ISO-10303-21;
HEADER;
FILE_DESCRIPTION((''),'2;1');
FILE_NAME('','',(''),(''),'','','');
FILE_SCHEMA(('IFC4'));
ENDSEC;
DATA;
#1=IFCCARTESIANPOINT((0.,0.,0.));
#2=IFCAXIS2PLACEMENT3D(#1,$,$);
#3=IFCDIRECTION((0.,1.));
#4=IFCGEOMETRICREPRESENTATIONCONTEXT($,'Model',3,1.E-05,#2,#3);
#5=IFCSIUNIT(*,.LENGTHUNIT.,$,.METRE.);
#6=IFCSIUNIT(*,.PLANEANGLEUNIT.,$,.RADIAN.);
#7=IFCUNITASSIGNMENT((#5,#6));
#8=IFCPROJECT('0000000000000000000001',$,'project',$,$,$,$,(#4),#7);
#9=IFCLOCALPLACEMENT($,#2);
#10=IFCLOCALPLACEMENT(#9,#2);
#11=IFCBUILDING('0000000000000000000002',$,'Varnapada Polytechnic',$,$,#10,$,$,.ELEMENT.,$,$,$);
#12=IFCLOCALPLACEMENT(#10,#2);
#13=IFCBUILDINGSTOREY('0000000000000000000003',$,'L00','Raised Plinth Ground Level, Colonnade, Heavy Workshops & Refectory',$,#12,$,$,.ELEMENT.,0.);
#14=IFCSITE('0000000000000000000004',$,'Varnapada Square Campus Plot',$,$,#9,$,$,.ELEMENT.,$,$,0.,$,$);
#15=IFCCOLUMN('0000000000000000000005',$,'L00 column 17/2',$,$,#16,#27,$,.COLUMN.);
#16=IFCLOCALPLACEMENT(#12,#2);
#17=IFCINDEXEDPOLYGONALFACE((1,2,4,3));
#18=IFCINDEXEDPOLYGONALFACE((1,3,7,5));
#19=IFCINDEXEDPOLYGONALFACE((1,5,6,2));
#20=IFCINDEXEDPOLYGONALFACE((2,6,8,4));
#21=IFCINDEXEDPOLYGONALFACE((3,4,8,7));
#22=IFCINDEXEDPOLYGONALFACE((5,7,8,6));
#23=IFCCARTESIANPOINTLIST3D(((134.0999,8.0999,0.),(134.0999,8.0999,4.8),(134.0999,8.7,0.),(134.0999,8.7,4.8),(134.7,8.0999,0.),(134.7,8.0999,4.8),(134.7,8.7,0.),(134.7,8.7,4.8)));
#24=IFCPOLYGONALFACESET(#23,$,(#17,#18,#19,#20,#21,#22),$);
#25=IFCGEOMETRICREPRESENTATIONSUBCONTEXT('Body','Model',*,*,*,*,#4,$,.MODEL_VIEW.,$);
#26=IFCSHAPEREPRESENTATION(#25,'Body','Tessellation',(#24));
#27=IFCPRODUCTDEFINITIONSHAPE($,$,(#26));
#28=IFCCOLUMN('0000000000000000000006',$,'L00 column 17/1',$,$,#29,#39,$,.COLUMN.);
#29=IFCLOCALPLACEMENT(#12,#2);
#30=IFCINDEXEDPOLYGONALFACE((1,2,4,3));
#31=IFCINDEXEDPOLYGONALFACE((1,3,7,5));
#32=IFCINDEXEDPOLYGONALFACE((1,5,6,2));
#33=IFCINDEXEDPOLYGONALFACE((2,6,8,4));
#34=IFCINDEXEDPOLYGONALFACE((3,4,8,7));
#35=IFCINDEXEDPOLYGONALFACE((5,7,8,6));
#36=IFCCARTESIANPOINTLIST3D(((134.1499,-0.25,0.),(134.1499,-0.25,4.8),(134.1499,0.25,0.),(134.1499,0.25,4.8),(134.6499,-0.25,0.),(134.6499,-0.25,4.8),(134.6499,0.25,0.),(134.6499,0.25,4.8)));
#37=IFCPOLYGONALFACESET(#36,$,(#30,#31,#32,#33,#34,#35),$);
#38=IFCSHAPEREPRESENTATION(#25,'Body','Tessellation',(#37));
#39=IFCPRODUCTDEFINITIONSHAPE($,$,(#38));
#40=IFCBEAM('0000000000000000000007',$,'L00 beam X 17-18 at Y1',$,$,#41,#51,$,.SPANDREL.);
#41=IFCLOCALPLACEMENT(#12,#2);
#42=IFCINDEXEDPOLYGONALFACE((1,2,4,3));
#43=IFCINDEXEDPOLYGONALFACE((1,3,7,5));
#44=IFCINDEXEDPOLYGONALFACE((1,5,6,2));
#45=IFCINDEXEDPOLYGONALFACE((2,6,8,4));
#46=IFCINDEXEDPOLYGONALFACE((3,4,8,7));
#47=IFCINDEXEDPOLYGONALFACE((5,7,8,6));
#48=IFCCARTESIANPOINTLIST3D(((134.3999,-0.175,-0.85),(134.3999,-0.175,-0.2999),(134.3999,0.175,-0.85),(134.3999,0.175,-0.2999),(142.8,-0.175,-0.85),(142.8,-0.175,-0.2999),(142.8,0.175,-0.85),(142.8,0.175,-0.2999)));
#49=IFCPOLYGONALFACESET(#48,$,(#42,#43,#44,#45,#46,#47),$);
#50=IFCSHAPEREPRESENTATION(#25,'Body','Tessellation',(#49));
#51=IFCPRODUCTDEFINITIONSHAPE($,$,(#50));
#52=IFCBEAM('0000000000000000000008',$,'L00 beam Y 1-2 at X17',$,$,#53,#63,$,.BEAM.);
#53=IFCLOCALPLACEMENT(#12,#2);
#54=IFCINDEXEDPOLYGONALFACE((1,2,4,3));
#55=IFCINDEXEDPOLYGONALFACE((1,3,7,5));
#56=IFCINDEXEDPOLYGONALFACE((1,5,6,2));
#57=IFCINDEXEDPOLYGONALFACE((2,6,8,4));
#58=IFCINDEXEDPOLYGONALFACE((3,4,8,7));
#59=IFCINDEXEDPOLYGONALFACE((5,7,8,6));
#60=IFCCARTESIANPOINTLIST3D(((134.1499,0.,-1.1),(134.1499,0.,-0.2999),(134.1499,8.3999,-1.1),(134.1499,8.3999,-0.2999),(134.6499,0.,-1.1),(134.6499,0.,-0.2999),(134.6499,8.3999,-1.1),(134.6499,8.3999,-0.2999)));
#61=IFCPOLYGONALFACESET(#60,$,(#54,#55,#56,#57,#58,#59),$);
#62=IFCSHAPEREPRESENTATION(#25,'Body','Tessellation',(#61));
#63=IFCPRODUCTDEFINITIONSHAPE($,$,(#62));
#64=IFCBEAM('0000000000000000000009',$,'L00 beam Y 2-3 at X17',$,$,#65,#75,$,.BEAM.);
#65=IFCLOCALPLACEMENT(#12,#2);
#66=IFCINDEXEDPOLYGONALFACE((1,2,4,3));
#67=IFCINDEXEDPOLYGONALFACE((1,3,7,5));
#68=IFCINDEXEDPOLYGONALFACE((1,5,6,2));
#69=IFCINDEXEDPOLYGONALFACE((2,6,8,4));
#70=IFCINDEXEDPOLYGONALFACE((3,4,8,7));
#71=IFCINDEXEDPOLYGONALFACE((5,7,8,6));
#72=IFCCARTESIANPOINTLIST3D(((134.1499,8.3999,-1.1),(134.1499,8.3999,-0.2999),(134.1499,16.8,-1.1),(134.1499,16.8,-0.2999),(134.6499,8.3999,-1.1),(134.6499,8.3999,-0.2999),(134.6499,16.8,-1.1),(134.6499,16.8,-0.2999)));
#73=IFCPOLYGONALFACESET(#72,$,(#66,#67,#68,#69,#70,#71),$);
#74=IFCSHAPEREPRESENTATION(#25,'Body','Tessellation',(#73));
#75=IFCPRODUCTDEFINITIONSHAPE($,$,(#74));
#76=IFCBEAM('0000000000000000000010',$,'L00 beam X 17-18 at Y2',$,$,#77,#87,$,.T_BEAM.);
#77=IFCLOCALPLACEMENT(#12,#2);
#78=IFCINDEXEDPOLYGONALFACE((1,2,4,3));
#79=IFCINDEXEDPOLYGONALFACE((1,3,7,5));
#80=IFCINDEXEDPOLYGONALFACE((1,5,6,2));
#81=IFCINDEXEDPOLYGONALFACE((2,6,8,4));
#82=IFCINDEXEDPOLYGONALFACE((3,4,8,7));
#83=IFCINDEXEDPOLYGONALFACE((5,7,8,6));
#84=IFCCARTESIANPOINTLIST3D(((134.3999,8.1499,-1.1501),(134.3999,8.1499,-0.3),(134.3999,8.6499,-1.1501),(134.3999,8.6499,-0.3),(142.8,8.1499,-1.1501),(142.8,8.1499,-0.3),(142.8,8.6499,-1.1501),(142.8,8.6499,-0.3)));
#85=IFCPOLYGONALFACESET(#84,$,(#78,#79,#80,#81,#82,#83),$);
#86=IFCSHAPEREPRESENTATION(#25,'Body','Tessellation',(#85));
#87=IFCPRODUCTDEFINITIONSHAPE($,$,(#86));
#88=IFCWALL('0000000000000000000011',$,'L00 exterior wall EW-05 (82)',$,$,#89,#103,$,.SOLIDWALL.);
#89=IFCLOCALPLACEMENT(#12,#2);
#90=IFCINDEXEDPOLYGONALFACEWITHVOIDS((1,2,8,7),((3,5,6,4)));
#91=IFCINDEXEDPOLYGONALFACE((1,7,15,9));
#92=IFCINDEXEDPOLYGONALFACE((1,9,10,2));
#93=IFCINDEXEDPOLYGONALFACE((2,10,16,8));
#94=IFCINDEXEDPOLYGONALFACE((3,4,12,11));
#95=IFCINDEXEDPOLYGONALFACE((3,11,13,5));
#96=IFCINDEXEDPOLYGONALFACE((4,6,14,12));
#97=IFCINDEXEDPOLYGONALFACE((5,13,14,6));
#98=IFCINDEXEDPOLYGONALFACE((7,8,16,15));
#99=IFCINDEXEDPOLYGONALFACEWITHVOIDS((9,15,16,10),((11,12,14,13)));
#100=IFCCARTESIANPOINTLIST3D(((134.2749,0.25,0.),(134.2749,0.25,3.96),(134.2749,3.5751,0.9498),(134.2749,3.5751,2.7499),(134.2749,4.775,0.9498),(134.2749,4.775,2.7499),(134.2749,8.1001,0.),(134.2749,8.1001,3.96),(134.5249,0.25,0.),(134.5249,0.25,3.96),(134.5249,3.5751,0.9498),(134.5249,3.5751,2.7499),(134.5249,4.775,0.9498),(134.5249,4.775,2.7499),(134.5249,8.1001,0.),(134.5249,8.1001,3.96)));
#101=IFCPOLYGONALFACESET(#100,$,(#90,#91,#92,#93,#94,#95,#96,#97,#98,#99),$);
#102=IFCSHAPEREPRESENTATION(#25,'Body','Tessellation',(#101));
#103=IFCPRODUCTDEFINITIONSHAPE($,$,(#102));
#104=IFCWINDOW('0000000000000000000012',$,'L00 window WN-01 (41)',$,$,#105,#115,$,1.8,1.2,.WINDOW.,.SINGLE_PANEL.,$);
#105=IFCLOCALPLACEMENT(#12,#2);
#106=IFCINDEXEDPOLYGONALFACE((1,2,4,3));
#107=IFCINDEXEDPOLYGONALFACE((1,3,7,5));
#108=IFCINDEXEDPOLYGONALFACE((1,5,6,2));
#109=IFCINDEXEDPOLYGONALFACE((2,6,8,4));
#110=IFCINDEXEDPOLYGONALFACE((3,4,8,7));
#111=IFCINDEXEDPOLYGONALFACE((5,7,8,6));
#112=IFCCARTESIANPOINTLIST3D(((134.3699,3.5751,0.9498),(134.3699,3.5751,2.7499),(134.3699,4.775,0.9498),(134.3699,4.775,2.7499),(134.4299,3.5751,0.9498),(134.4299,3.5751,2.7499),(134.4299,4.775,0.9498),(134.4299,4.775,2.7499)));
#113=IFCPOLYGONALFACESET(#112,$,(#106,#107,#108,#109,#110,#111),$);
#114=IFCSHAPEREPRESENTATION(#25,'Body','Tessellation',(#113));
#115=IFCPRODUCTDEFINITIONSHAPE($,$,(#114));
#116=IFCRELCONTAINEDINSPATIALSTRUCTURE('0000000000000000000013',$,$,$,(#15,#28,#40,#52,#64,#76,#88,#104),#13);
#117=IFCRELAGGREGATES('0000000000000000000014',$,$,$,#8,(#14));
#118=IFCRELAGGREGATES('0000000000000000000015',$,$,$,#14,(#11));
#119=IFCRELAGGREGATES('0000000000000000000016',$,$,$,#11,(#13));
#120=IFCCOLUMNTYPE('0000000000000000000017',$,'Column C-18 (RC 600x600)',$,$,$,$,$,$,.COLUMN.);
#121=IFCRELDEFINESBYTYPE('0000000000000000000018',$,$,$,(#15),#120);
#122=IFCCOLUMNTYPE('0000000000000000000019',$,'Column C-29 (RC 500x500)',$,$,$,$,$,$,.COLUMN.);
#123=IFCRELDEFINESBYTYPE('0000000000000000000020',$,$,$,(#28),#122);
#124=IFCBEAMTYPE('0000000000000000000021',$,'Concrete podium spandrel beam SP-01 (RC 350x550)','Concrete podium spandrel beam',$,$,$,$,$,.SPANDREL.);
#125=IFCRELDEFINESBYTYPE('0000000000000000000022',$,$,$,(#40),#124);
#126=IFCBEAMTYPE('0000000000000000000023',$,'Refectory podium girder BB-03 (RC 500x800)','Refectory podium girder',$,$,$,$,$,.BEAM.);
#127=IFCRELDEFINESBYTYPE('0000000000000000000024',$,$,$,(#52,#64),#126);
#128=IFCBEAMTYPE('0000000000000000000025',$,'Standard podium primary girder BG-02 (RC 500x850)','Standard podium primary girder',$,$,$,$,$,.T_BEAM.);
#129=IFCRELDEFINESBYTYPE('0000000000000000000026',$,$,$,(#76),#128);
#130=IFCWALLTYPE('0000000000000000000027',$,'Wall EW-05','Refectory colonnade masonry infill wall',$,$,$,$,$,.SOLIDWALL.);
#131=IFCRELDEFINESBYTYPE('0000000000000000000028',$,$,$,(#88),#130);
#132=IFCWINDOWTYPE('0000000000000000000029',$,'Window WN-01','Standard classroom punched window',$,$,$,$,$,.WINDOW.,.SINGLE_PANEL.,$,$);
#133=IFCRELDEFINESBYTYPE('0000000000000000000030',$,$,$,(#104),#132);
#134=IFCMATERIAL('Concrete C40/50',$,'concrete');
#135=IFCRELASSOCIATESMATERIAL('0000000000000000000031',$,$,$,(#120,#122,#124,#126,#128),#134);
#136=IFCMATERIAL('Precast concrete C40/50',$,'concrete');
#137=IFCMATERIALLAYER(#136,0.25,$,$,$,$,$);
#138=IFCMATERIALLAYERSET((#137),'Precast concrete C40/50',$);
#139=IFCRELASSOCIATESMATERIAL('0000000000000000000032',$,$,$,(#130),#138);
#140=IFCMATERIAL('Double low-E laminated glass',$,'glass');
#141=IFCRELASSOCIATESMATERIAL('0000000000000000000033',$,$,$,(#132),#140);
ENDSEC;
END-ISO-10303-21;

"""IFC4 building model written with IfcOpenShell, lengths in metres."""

from ifc_helpers import new_model, si_unit, direction, frame, frame_2d, origin, origin_2d, place, context, subcontext, project, spatial, rectangle, extrude, material, layer, layer_set, material_profile, profile_set, type_object, element, fill, save


model = new_model("IFC4")

# Units and contexts
model_context = context("Model", 3, precision=1e-05, world=origin(), true_north=direction((0.0, 1.0)))
body_context = subcontext(model_context, "Body", "Model", "MODEL_VIEW")
ifc_project = project(units=[si_unit("LENGTHUNIT", "METRE"), si_unit("PLANEANGLEUNIT", "RADIAN")], contexts=[model_context])

# Site, building, storey
site_placement = place(None, origin())
site = spatial("IfcSite", under=ifc_project, at=site_placement, Name="Varnapada Square Campus Plot", CompositionType="ELEMENT", RefElevation=0.0)
building_placement = place(site_placement, origin())
building = spatial("IfcBuilding", under=site, at=building_placement, Name="Varnapada Polytechnic", CompositionType="ELEMENT")
storey_placement = place(building_placement, origin())
storey = spatial("IfcBuildingStorey", under=building, at=storey_placement, Name="L00", Description="Raised Plinth Ground Level, Colonnade, Heavy Workshops & Refectory", CompositionType="ELEMENT", Elevation=0.0)

# Columns
ifc_material_1 = material(Name="Concrete C40/50", Category="concrete")
ifc_material_profile_1 = material_profile(ifc_material_1, rectangle(XDim=0.6001, YDim=0.6001, at=origin_2d()), Name="RC 600x600")
ifc_profile_set_1 = profile_set([ifc_material_profile_1], Name="Concrete C40/50")
column_type_1 = type_object("IfcColumnType", Name="Column C-18 (RC 600x600)", PredefinedType="COLUMN", material=ifc_profile_set_1)
column_1_placement = place(storey_placement, frame((134.3999, 8.3999, 0.0), z_axis=(0.0, 0.0, 1.0), x_axis=(1.0, 0.0, 0.0)))
element("IfcColumn", 1, at=column_1_placement, inside=storey, type_object=column_type_1, Name="L00 column 17/2", PredefinedType="COLUMN", context=body_context, shape_type="SweptSolid", body=[
    extrude(rectangle(XDim=0.6001, YDim=0.6001, at=origin_2d()), origin(), (0.0, 0.0, 1.0), 4.8),
])
ifc_material_profile_2 = material_profile(ifc_material_1, rectangle(XDim=0.5, YDim=0.5, at=origin_2d()), Name="RC 500x500")
ifc_profile_set_2 = profile_set([ifc_material_profile_2], Name="Concrete C40/50")
column_type_2 = type_object("IfcColumnType", Name="Column C-29 (RC 500x500)", PredefinedType="COLUMN", material=ifc_profile_set_2)
column_2_placement = place(storey_placement, frame((134.3999, 0.0, 0.0), z_axis=(0.0, 0.0, 1.0), x_axis=(1.0, 0.0, 0.0)))
element("IfcColumn", 2, at=column_2_placement, inside=storey, type_object=column_type_2, Name="L00 column 17/1", PredefinedType="COLUMN", context=body_context, shape_type="SweptSolid", body=[
    extrude(rectangle(XDim=0.5, YDim=0.5, at=origin_2d()), origin(), (0.0, 0.0, 1.0), 4.8),
])

# Beams
ifc_material_profile_3 = material_profile(ifc_material_1, rectangle(XDim=0.3501, YDim=0.55, at=origin_2d()), Name="RC 350x550")
ifc_profile_set_3 = profile_set([ifc_material_profile_3], Name="Concrete C40/50")
beam_type_1 = type_object("IfcBeamType", Name="Concrete podium spandrel beam SP-01 (RC 350x550)", Description="Concrete podium spandrel beam", PredefinedType="SPANDREL", material=ifc_profile_set_3)
beam_1_placement = place(storey_placement, frame((134.3999, 0.0, -0.575), z_axis=(1.0, 0.0, 0.0), x_axis=(0.0, 1.0, 0.0)))
element("IfcBeam", 3, at=beam_1_placement, inside=storey, type_object=beam_type_1, Name="L00 beam X 17-18 at Y1", PredefinedType="SPANDREL", context=body_context, shape_type="SweptSolid", body=[
    extrude(rectangle(XDim=0.3501, YDim=0.55, at=origin_2d()), origin(), (0.0, 0.0, 1.0), 8.4001),
])
ifc_material_profile_4 = material_profile(ifc_material_1, rectangle(XDim=0.5, YDim=0.8, at=origin_2d()), Name="RC 500x800")
ifc_profile_set_4 = profile_set([ifc_material_profile_4], Name="Concrete C40/50")
beam_type_2 = type_object("IfcBeamType", Name="Refectory podium girder BB-03 (RC 500x800)", Description="Refectory podium girder", PredefinedType="BEAM", material=ifc_profile_set_4)
beam_2_placement = place(storey_placement, frame((134.3999, 0.0, -0.7), z_axis=(0.0, 1.0, 0.0), x_axis=(-1.0, 0.0, 0.0)))
element("IfcBeam", 4, at=beam_2_placement, inside=storey, type_object=beam_type_2, Name="L00 beam Y 1-2 at X17", PredefinedType="BEAM", context=body_context, shape_type="SweptSolid", body=[
    extrude(rectangle(XDim=0.5, YDim=0.8, at=origin_2d()), origin(), (0.0, 0.0, 1.0), 8.3999),
])
beam_3_placement = place(storey_placement, frame((134.3999, 8.3999, -0.7), z_axis=(0.0, 1.0, 0.0), x_axis=(-1.0, 0.0, 0.0)))
element("IfcBeam", 5, at=beam_3_placement, inside=storey, type_object=beam_type_2, Name="L00 beam Y 2-3 at X17", PredefinedType="BEAM", context=body_context, shape_type="SweptSolid", body=[
    extrude(rectangle(XDim=0.5, YDim=0.8, at=origin_2d()), origin(), (0.0, 0.0, 1.0), 8.4001),
])
ifc_material_profile_5 = material_profile(ifc_material_1, rectangle(XDim=0.5, YDim=0.8501, at=origin_2d()), Name="RC 500x850")
ifc_profile_set_5 = profile_set([ifc_material_profile_5], Name="Concrete C40/50")
beam_type_3 = type_object("IfcBeamType", Name="Standard podium primary girder BG-02 (RC 500x850)", Description="Standard podium primary girder", PredefinedType="T_BEAM", material=ifc_profile_set_5)
beam_4_placement = place(storey_placement, frame((134.3999, 8.3999, -0.7251), z_axis=(1.0, 0.0, 0.0), x_axis=(0.0, 1.0, 0.0)))
element("IfcBeam", 6, at=beam_4_placement, inside=storey, type_object=beam_type_3, Name="L00 beam X 17-18 at Y2", PredefinedType="T_BEAM", context=body_context, shape_type="SweptSolid", body=[
    extrude(rectangle(XDim=0.5, YDim=0.8501, at=origin_2d()), origin(), (0.0, 0.0, 1.0), 8.4001),
])

# Wall, opening, window
ifc_material_2 = material(Name="Precast concrete C40/50", Category="concrete")
ifc_layer_1 = layer(ifc_material_2, 0.25)
ifc_layer_set_1 = layer_set([ifc_layer_1], Name="Precast concrete C40/50")
wall_type = type_object("IfcWallType", Name="Wall EW-05", Description="Refectory colonnade masonry infill wall", PredefinedType="SOLIDWALL", material=ifc_layer_set_1)
wall_placement = place(storey_placement, frame((134.3999, 0.25, 0.0), z_axis=(0.0, 0.0, 1.0), x_axis=(0.0, 1.0, 0.0)))
wall = element("IfcWall", 7, at=wall_placement, inside=storey, type_object=wall_type, Name="L00 exterior wall EW-05 (82)", PredefinedType="SOLIDWALL", context=body_context, shape_type="SweptSolid", body=[
    extrude(rectangle(XDim=7.8501, YDim=0.25, at=frame_2d((3.925, 0.0))), origin(), (0.0, 0.0, 1.0), 3.96),
])
opening_1_placement = place(wall_placement, frame((3.325, 0.0, 0.95)))
opening_1 = element("IfcOpeningElement", 8, at=opening_1_placement, cuts=wall, PredefinedType="OPENING", context=body_context, shape_type="SweptSolid", body=[
    extrude(rectangle(XDim=1.2, YDim=1.8, at=frame_2d((0.6001, 0.8999))), frame((0.0, 0.135, 0.0), z_axis=(0.0, -1.0, 0.0), x_axis=(1.0, 0.0, 0.0)), (0.0, 0.0, 1.0), 0.27),
])
ifc_material_3 = material(Name="Double low-E laminated glass", Category="glass")
window_type = type_object("IfcWindowType", Name="Window WN-01", Description="Standard classroom punched window", PartitioningType="SINGLE_PANEL", PredefinedType="WINDOW", material=ifc_material_3)
window_placement = place(opening_1_placement, origin())
window = element("IfcWindow", 9, at=window_placement, inside=storey, type_object=window_type, Name="L00 window WN-01 (41)", OverallHeight=1.8, OverallWidth=1.2, PartitioningType="SINGLE_PANEL", PredefinedType="WINDOW", context=body_context, shape_type="SweptSolid", body=[
    extrude(rectangle(XDim=1.2, YDim=1.8, at=frame_2d((0.6001, 0.8999))), frame((0.0, 0.03, 0.0), z_axis=(0.0, -1.0, 0.0), x_axis=(1.0, 0.0, 0.0)), (0.0, 0.0, 1.0), 0.0601),
])
fill(opening_1, window)

save(model, "model.ifc")
